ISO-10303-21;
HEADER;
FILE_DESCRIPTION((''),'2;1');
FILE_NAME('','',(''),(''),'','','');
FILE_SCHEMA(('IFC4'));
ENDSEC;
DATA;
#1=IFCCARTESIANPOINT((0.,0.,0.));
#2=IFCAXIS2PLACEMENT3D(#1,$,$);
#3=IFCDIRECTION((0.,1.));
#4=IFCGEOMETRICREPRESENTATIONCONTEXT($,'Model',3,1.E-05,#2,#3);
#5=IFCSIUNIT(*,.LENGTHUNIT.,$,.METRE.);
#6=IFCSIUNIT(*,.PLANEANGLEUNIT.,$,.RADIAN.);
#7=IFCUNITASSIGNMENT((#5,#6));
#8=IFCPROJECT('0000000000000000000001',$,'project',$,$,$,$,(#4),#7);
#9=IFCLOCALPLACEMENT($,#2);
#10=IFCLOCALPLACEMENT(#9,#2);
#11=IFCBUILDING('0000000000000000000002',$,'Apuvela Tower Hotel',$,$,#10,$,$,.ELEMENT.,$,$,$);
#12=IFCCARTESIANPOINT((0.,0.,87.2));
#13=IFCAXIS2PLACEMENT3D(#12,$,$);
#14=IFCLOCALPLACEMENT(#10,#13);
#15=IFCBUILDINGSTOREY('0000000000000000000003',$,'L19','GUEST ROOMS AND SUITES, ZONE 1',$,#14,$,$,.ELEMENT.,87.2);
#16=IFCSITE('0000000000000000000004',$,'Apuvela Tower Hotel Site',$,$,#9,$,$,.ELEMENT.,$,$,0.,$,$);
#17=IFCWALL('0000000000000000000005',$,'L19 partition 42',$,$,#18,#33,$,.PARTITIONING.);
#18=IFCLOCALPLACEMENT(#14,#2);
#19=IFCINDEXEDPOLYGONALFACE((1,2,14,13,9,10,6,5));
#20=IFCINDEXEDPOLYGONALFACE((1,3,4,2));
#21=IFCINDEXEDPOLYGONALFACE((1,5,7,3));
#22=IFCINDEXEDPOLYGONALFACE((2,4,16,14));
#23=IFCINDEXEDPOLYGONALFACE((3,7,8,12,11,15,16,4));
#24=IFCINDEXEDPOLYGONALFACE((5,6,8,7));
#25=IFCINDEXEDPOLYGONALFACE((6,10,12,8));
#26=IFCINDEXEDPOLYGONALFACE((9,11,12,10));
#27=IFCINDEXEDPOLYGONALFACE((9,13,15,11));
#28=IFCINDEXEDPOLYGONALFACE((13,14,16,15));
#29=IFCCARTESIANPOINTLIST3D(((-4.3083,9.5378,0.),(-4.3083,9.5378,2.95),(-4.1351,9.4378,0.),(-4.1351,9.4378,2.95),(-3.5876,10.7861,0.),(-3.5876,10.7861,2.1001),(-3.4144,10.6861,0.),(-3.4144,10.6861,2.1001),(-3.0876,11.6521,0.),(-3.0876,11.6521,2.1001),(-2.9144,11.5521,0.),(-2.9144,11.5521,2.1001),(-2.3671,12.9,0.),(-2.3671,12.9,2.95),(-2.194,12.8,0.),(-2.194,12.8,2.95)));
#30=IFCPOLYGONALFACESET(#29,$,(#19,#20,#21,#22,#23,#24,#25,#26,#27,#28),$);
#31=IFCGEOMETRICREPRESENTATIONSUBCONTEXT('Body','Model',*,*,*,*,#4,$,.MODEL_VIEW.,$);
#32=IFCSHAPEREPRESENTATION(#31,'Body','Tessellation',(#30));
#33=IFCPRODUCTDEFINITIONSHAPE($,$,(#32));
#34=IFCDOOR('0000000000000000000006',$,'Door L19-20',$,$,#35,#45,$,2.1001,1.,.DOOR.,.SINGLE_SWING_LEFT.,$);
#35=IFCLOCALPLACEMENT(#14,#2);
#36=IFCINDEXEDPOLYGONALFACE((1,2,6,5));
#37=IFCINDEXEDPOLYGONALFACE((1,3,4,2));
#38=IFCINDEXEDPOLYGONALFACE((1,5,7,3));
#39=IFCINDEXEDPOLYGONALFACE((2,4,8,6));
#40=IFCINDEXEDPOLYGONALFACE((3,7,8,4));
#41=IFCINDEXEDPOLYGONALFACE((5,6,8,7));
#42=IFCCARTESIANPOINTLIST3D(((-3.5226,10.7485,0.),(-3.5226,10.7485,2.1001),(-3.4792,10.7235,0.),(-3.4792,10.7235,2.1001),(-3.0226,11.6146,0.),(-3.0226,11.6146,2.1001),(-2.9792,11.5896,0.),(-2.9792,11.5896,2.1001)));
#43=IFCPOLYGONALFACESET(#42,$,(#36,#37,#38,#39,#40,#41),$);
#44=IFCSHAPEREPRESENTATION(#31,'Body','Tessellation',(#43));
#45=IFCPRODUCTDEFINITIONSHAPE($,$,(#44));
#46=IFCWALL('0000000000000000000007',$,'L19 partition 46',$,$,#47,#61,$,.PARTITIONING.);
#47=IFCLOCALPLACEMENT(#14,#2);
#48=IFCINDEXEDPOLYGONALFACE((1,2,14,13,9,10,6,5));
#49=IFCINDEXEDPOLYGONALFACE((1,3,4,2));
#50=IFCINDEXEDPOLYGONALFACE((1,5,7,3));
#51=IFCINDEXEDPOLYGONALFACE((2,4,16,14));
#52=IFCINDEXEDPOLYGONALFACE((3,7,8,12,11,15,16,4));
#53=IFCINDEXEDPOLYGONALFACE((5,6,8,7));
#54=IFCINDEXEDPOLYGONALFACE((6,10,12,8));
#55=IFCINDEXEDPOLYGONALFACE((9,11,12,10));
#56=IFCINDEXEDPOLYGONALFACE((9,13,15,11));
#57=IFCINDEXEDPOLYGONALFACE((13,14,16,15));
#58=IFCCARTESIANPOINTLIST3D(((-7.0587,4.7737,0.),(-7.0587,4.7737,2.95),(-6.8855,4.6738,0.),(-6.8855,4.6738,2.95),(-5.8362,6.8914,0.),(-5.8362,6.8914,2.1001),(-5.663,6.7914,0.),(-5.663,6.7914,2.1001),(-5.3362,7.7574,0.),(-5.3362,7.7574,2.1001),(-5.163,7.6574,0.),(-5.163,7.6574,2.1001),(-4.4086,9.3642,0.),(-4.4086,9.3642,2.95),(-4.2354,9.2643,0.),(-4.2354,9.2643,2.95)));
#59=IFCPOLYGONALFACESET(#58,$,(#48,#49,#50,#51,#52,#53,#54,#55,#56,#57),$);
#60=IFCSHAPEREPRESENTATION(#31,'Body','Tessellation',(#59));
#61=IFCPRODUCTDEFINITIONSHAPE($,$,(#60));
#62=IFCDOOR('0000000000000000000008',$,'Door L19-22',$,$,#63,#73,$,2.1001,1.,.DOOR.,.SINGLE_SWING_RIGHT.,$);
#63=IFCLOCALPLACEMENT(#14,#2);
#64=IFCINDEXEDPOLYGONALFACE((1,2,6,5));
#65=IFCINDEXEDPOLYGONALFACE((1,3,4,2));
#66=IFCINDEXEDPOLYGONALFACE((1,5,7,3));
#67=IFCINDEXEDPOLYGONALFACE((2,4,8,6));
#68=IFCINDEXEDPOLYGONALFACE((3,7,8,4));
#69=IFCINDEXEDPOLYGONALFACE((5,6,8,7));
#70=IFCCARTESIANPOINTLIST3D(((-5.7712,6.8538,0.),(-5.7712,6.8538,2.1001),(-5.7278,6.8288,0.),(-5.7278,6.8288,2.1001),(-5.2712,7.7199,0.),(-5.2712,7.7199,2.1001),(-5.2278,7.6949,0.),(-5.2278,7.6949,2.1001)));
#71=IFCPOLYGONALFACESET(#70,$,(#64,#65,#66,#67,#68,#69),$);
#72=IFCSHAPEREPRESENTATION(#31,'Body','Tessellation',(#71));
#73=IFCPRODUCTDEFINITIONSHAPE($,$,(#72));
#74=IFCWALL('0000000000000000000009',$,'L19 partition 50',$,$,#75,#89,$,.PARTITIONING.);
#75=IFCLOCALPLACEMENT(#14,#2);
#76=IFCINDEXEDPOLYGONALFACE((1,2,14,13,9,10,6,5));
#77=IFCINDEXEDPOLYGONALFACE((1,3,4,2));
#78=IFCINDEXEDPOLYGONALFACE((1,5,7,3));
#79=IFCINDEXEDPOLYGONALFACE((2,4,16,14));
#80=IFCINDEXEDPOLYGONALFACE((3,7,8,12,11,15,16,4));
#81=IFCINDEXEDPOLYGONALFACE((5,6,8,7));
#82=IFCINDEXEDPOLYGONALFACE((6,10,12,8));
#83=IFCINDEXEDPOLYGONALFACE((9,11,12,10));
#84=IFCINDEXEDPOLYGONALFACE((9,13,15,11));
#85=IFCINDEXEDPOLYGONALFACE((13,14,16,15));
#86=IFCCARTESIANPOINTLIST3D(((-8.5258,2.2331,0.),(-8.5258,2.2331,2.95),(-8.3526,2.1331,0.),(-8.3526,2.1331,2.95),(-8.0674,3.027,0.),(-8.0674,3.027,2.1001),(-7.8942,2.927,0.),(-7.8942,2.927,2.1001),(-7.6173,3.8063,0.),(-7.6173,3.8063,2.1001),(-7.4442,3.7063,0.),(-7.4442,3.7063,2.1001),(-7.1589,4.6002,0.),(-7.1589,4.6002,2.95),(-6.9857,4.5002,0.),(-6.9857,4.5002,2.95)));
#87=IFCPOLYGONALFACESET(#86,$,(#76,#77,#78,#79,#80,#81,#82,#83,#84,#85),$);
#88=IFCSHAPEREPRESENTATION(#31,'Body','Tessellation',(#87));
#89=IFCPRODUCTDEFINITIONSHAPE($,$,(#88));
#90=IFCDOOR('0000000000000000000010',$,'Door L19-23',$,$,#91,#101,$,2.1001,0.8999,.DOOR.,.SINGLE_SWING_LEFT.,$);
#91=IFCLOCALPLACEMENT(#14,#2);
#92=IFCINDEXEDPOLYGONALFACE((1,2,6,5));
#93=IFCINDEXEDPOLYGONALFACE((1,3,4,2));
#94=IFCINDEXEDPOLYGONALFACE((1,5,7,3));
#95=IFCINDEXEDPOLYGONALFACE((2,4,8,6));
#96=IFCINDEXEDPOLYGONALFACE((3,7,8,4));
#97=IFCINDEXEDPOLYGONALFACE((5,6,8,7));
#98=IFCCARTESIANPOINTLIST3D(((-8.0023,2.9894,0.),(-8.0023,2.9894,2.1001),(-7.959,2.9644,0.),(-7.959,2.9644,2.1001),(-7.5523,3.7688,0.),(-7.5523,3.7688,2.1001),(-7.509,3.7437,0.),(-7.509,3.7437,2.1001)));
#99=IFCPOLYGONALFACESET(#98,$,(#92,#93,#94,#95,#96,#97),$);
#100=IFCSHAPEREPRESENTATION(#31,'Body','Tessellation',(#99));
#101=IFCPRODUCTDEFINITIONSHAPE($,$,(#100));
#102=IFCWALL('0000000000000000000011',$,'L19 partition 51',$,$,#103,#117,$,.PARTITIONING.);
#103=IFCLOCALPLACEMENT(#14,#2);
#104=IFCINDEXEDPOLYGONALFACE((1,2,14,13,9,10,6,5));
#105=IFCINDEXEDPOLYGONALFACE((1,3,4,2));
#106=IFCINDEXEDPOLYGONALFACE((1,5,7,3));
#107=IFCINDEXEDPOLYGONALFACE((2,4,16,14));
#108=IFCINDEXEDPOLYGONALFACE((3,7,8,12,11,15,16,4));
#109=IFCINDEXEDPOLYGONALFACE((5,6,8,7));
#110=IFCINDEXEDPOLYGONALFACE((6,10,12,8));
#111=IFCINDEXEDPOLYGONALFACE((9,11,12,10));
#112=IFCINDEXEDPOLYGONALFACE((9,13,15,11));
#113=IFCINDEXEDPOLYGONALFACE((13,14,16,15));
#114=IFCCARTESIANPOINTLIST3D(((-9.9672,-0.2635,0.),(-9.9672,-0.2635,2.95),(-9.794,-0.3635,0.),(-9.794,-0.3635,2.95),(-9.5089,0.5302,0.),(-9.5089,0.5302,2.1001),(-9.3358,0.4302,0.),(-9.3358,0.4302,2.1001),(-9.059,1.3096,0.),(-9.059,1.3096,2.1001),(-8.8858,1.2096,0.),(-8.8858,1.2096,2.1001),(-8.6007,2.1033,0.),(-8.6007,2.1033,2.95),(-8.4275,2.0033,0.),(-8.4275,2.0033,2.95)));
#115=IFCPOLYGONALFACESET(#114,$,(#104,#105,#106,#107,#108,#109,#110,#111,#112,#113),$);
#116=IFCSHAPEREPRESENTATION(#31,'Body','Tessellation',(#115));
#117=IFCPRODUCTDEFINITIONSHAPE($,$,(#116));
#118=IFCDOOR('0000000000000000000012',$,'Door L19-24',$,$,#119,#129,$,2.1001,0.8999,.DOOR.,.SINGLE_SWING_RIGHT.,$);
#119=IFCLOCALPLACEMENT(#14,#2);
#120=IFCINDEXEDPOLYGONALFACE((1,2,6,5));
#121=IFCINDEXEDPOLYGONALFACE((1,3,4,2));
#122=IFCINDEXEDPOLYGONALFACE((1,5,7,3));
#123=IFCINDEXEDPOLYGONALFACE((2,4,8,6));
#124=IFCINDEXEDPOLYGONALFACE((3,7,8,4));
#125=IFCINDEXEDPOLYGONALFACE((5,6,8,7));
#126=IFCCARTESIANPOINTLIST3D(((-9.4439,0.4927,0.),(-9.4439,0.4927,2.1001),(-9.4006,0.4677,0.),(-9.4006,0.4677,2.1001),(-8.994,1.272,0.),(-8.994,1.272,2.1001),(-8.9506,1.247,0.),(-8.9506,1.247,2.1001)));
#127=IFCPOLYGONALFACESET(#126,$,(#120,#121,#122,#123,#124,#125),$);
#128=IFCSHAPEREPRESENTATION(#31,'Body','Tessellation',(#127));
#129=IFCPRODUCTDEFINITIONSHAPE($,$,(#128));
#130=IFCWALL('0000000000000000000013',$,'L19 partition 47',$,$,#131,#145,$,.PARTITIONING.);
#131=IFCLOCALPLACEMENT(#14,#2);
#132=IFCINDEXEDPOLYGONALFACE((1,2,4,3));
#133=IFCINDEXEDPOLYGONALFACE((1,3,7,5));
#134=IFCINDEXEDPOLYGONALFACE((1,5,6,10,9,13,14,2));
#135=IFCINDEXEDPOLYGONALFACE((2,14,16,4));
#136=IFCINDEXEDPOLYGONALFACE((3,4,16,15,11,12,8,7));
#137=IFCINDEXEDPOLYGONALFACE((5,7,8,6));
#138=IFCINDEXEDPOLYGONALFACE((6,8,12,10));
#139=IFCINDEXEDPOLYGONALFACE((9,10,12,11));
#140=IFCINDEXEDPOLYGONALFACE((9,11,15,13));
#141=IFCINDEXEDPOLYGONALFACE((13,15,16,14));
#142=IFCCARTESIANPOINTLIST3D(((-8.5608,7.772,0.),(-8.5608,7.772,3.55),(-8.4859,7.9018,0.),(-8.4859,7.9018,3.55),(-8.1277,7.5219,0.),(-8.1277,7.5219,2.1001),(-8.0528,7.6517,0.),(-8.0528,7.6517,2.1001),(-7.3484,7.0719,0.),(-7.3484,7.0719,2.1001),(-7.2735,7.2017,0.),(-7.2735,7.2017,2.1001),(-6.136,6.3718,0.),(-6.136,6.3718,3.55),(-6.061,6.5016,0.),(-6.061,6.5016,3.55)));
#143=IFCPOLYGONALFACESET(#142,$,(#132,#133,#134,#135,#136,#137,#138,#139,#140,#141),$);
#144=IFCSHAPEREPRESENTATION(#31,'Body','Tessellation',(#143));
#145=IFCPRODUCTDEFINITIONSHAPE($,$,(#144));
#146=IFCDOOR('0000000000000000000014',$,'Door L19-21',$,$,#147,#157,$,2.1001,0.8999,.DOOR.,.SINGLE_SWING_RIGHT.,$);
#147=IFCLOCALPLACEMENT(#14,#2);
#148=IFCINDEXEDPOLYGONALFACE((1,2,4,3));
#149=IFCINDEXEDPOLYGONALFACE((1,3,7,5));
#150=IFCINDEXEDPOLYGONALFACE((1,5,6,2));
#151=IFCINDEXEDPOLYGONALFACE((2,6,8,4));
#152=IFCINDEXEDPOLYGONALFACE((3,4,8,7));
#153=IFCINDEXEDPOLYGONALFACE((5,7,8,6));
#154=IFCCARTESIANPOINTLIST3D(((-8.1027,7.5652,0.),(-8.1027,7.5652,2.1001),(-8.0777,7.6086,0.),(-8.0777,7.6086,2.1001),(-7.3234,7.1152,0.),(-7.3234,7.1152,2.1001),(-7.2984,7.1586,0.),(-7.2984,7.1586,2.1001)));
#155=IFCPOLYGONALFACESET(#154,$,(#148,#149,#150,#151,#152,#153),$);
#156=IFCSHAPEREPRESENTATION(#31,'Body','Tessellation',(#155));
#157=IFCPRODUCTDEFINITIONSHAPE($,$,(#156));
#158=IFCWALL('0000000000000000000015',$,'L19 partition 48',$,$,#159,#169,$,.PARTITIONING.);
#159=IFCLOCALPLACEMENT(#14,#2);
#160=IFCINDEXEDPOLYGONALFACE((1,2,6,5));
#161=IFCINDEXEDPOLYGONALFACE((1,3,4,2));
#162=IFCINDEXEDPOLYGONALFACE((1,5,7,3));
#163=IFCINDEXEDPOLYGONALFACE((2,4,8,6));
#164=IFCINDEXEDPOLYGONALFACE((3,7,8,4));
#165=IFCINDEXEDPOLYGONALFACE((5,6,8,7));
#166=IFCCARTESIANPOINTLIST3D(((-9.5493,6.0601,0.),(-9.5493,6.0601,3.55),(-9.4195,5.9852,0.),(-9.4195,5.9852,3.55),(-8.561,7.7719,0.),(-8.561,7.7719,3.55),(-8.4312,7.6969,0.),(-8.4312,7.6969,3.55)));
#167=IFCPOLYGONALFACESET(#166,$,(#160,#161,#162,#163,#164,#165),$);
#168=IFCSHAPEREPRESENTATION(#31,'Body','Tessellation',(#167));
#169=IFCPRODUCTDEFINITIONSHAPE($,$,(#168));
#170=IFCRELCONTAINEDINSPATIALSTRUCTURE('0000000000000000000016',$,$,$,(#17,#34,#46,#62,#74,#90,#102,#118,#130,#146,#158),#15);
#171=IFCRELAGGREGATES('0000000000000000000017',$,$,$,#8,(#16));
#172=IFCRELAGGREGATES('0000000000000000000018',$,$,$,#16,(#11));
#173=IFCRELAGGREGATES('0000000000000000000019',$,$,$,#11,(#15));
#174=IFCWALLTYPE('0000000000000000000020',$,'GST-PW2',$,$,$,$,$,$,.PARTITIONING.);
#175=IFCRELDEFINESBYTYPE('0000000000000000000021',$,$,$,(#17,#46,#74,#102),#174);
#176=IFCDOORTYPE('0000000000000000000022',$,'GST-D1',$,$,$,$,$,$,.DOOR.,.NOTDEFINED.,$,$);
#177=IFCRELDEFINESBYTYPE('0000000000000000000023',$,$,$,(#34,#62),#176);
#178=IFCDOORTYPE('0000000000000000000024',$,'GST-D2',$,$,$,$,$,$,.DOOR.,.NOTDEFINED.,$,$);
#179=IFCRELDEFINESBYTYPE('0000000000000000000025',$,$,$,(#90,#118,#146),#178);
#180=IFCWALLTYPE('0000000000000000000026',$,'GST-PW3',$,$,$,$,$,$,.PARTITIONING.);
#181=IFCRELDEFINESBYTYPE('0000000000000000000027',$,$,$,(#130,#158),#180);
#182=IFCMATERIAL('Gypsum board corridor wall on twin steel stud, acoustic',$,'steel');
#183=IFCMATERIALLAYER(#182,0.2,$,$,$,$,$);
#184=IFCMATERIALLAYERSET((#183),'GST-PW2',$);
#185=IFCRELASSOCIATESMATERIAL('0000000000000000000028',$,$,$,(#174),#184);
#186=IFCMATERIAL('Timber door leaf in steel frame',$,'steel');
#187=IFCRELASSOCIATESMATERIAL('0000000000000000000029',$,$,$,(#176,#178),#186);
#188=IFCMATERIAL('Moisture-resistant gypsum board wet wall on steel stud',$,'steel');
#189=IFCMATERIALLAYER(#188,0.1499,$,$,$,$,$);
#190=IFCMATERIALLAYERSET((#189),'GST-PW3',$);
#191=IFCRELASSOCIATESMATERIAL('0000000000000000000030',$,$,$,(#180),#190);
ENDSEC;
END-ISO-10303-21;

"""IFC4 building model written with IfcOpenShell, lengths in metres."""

from ifc_helpers import new_model, si_unit, direction, frame, frame_2d, origin, place, context, subcontext, project, spatial, rectangle, extrude, material, layer, layer_set, type_object, element, fill, save


model = new_model("IFC4")

# Units and contexts
model_context = context("Model", 3, precision=1e-05, world=origin(), true_north=direction((0.0, 1.0)))
body_context = subcontext(model_context, "Body", "Model", "MODEL_VIEW")
ifc_project = project(units=[si_unit("LENGTHUNIT", "METRE"), si_unit("PLANEANGLEUNIT", "RADIAN")], contexts=[model_context])

# Site, building, storey
site_placement = place(None, origin())
site = spatial("IfcSite", under=ifc_project, at=site_placement, Name="Apuvela Tower Hotel Site", CompositionType="ELEMENT", RefElevation=0.0)
building_placement = place(site_placement, origin())
building = spatial("IfcBuilding", under=site, at=building_placement, Name="Apuvela Tower Hotel", CompositionType="ELEMENT")
storey_placement = place(building_placement, frame((0.0, 0.0, 87.2)))
storey = spatial("IfcBuildingStorey", under=building, at=storey_placement, Name="L19", Description="GUEST ROOMS AND SUITES, ZONE 1", CompositionType="ELEMENT", Elevation=87.2)

# Walls, openings, doors
ifc_material_1 = material(Name="Gypsum board corridor wall on twin steel stud, acoustic", Category="steel")
ifc_layer_1 = layer(ifc_material_1, 0.2)
ifc_layer_set_1 = layer_set([ifc_layer_1], Name="GST-PW2")
wall_type_1 = type_object("IfcWallType", Name="GST-PW2", PredefinedType="PARTITIONING", material=ifc_layer_set_1)
wall_1_placement = place(storey_placement, frame((-4.2217, 9.4878, 0.0), z_axis=(0.0, 0.0, 1.0), x_axis=(0.499987, 0.866033, 0.0)))
wall_1 = element("IfcWall", 1, at=wall_1_placement, inside=storey, type_object=wall_type_1, Name="L19 partition 42", PredefinedType="PARTITIONING", context=body_context, shape_type="SweptSolid", body=[
    extrude(rectangle(XDim=3.8823, YDim=0.2, at=frame_2d((1.9412, 0.0))), origin(), (0.0, 0.0, 1.0), 2.95),
])
opening_1_placement = place(wall_1_placement, frame((1.4414, 0.0, 0.0)))
opening_1 = element("IfcOpeningElement", 2, at=opening_1_placement, cuts=wall_1, PredefinedType="OPENING", context=body_context, shape_type="SweptSolid", body=[
    extrude(rectangle(XDim=1.0, YDim=2.1001, at=frame_2d((0.5, 1.05))), frame((0.0, 0.1099, 0.0), z_axis=(0.0, -1.0, 0.0), x_axis=(1.0, 0.0, 0.0)), (0.0, 0.0, 1.0), 0.22),
])
ifc_material_2 = material(Name="Timber door leaf in steel frame", Category="steel")
door_type_1 = type_object("IfcDoorType", Name="GST-D1", OperationType="NOTDEFINED", PredefinedType="DOOR", material=ifc_material_2)
door_1_placement = place(opening_1_placement, origin())
door_1 = element("IfcDoor", 3, at=door_1_placement, inside=storey, type_object=door_type_1, Name="Door L19-20", OperationType="SINGLE_SWING_LEFT", OverallHeight=2.1001, OverallWidth=1.0, PredefinedType="DOOR", context=body_context, shape_type="SweptSolid", body=[
    extrude(rectangle(XDim=1.0, YDim=2.1001, at=frame_2d((0.5, 1.05))), frame((0.0, 0.0249, 0.0), z_axis=(0.0, -1.0, 0.0), x_axis=(1.0, 0.0, 0.0)), (0.0, 0.0, 1.0), 0.05),
])
fill(opening_1, door_1)
wall_2_placement = place(storey_placement, frame((-6.9722, 4.7236, 0.0), z_axis=(0.0, 0.0, 1.0), x_axis=(0.499968, 0.866044, 0.0)))
wall_2 = element("IfcWall", 4, at=wall_2_placement, inside=storey, type_object=wall_type_1, Name="L19 partition 46", PredefinedType="PARTITIONING", context=body_context, shape_type="SweptSolid", body=[
    extrude(rectangle(XDim=5.3005, YDim=0.2, at=frame_2d((2.6504, 0.0))), origin(), (0.0, 0.0, 1.0), 2.95),
])
opening_2_placement = place(wall_2_placement, frame((2.4453, 0.0, 0.0)))
opening_2 = element("IfcOpeningElement", 5, at=opening_2_placement, cuts=wall_2, PredefinedType="OPENING", context=body_context, shape_type="SweptSolid", body=[
    extrude(rectangle(XDim=1.0, YDim=2.1001, at=frame_2d((0.5, 1.05))), frame((0.0, 0.1099, 0.0), z_axis=(0.0, -1.0, 0.0), x_axis=(1.0, 0.0, 0.0)), (0.0, 0.0, 1.0), 0.22),
])
door_2_placement = place(opening_2_placement, origin())
door_2 = element("IfcDoor", 6, at=door_2_placement, inside=storey, type_object=door_type_1, Name="Door L19-22", OperationType="SINGLE_SWING_RIGHT", OverallHeight=2.1001, OverallWidth=1.0, PredefinedType="DOOR", context=body_context, shape_type="SweptSolid", body=[
    extrude(rectangle(XDim=1.0, YDim=2.1001, at=frame_2d((0.5, 1.05))), frame((0.0, 0.0249, 0.0), z_axis=(0.0, -1.0, 0.0), x_axis=(1.0, 0.0, 0.0)), (0.0, 0.0, 1.0), 0.05),
])
fill(opening_2, door_2)
wall_3_placement = place(storey_placement, frame((-8.4392, 2.1831, 0.0), z_axis=(0.0, 0.0, 1.0), x_axis=(0.500068, 0.865986, 0.0)))
wall_3 = element("IfcWall", 7, at=wall_3_placement, inside=storey, type_object=wall_type_1, Name="L19 partition 50", PredefinedType="PARTITIONING", context=body_context, shape_type="SweptSolid", body=[
    extrude(rectangle(XDim=2.7334, YDim=0.2, at=frame_2d((1.3667, 0.0))), origin(), (0.0, 0.0, 1.0), 2.95),
])
opening_3_placement = place(wall_3_placement, frame((0.9167, 0.0, 0.0)))
opening_3 = element("IfcOpeningElement", 8, at=opening_3_placement, cuts=wall_3, PredefinedType="OPENING", context=body_context, shape_type="SweptSolid", body=[
    extrude(rectangle(XDim=0.8999, YDim=2.1001, at=frame_2d((0.45, 1.05))), frame((0.0, 0.1099, 0.0), z_axis=(0.0, -1.0, 0.0), x_axis=(1.0, 0.0, 0.0)), (0.0, 0.0, 1.0), 0.22),
])
door_type_2 = type_object("IfcDoorType", Name="GST-D2", OperationType="NOTDEFINED", PredefinedType="DOOR", material=ifc_material_2)
door_3_placement = place(opening_3_placement, origin())
door_3 = element("IfcDoor", 9, at=door_3_placement, inside=storey, type_object=door_type_2, Name="Door L19-23", OperationType="SINGLE_SWING_LEFT", OverallHeight=2.1001, OverallWidth=0.8999, PredefinedType="DOOR", context=body_context, shape_type="SweptSolid", body=[
    extrude(rectangle(XDim=0.8999, YDim=2.1001, at=frame_2d((0.45, 1.05))), frame((0.0, 0.0249, 0.0), z_axis=(0.0, -1.0, 0.0), x_axis=(1.0, 0.0, 0.0)), (0.0, 0.0, 1.0), 0.05),
])
fill(opening_3, door_3)
wall_4_placement = place(storey_placement, frame((-9.8806, -0.3135, 0.0), z_axis=(0.0, 0.0, 1.0), x_axis=(0.500011, 0.866019, 0.0)))
wall_4 = element("IfcWall", 10, at=wall_4_placement, inside=storey, type_object=wall_type_1, Name="L19 partition 51", PredefinedType="PARTITIONING", context=body_context, shape_type="SweptSolid", body=[
    extrude(rectangle(XDim=2.7329, YDim=0.2, at=frame_2d((1.3665, 0.0))), origin(), (0.0, 0.0, 1.0), 2.95),
])
opening_4_placement = place(wall_4_placement, frame((0.9165, 0.0, 0.0)))
opening_4 = element("IfcOpeningElement", 11, at=opening_4_placement, cuts=wall_4, PredefinedType="OPENING", context=body_context, shape_type="SweptSolid", body=[
    extrude(rectangle(XDim=0.8999, YDim=2.1001, at=frame_2d((0.45, 1.05))), frame((0.0, 0.1099, 0.0), z_axis=(0.0, -1.0, 0.0), x_axis=(1.0, 0.0, 0.0)), (0.0, 0.0, 1.0), 0.22),
])
door_4_placement = place(opening_4_placement, origin())
door_4 = element("IfcDoor", 12, at=door_4_placement, inside=storey, type_object=door_type_2, Name="Door L19-24", OperationType="SINGLE_SWING_RIGHT", OverallHeight=2.1001, OverallWidth=0.8999, PredefinedType="DOOR", context=body_context, shape_type="SweptSolid", body=[
    extrude(rectangle(XDim=0.8999, YDim=2.1001, at=frame_2d((0.45, 1.05))), frame((0.0, 0.0249, 0.0), z_axis=(0.0, -1.0, 0.0), x_axis=(1.0, 0.0, 0.0)), (0.0, 0.0, 1.0), 0.05),
])
fill(opening_4, door_4)
ifc_material_3 = material(Name="Moisture-resistant gypsum board wet wall on steel stud", Category="steel")
ifc_layer_2 = layer(ifc_material_3, 0.1499)
ifc_layer_set_2 = layer_set([ifc_layer_2], Name="GST-PW3")
wall_type_2 = type_object("IfcWallType", Name="GST-PW3", PredefinedType="PARTITIONING", material=ifc_layer_set_2)
wall_5_placement = place(storey_placement, frame((-6.0986, 6.4368, 0.0), z_axis=(0.0, 0.0, 1.0), x_axis=(-0.865997, 0.50005, 0.0)))
wall_5 = element("IfcWall", 13, at=wall_5_placement, inside=storey, type_object=wall_type_2, Name="L19 partition 47", PredefinedType="PARTITIONING", context=body_context, shape_type="SweptSolid", body=[
    extrude(rectangle(XDim=2.8, YDim=0.1499, at=frame_2d((1.3999, 0.0))), origin(), (0.0, 0.0, 1.0), 3.55),
])
opening_5_placement = place(wall_5_placement, frame((1.3999, 0.0, 0.0)))
opening_5 = element("IfcOpeningElement", 14, at=opening_5_placement, cuts=wall_5, PredefinedType="OPENING", context=body_context, shape_type="SweptSolid", body=[
    extrude(rectangle(XDim=0.8999, YDim=2.1001, at=frame_2d((0.45, 1.05))), frame((0.0, 0.085, 0.0), z_axis=(0.0, -1.0, 0.0), x_axis=(1.0, 0.0, 0.0)), (0.0, 0.0, 1.0), 0.1699),
])
door_5_placement = place(opening_5_placement, origin())
door_5 = element("IfcDoor", 15, at=door_5_placement, inside=storey, type_object=door_type_2, Name="Door L19-21", OperationType="SINGLE_SWING_RIGHT", OverallHeight=2.1001, OverallWidth=0.8999, PredefinedType="DOOR", context=body_context, shape_type="SweptSolid", body=[
    extrude(rectangle(XDim=0.8999, YDim=2.1001, at=frame_2d((0.45, 1.05))), frame((0.0, 0.0249, 0.0), z_axis=(0.0, -1.0, 0.0), x_axis=(1.0, 0.0, 0.0)), (0.0, 0.0, 1.0), 0.05),
])
fill(opening_5, door_5)

# Wall
wall_6_placement = place(storey_placement, frame((-8.4961, 7.7344, 0.0), z_axis=(0.0, 0.0, 1.0), x_axis=(-0.500018, -0.866015, 0.0)))
element("IfcWall", 16, at=wall_6_placement, inside=storey, type_object=wall_type_2, Name="L19 partition 48", PredefinedType="PARTITIONING", context=body_context, shape_type="SweptSolid", body=[
    extrude(rectangle(XDim=1.9766, YDim=0.1499, at=frame_2d((0.9883, 0.0))), origin(), (0.0, 0.0, 1.0), 3.55),
])

save(model, "model.ifc")
